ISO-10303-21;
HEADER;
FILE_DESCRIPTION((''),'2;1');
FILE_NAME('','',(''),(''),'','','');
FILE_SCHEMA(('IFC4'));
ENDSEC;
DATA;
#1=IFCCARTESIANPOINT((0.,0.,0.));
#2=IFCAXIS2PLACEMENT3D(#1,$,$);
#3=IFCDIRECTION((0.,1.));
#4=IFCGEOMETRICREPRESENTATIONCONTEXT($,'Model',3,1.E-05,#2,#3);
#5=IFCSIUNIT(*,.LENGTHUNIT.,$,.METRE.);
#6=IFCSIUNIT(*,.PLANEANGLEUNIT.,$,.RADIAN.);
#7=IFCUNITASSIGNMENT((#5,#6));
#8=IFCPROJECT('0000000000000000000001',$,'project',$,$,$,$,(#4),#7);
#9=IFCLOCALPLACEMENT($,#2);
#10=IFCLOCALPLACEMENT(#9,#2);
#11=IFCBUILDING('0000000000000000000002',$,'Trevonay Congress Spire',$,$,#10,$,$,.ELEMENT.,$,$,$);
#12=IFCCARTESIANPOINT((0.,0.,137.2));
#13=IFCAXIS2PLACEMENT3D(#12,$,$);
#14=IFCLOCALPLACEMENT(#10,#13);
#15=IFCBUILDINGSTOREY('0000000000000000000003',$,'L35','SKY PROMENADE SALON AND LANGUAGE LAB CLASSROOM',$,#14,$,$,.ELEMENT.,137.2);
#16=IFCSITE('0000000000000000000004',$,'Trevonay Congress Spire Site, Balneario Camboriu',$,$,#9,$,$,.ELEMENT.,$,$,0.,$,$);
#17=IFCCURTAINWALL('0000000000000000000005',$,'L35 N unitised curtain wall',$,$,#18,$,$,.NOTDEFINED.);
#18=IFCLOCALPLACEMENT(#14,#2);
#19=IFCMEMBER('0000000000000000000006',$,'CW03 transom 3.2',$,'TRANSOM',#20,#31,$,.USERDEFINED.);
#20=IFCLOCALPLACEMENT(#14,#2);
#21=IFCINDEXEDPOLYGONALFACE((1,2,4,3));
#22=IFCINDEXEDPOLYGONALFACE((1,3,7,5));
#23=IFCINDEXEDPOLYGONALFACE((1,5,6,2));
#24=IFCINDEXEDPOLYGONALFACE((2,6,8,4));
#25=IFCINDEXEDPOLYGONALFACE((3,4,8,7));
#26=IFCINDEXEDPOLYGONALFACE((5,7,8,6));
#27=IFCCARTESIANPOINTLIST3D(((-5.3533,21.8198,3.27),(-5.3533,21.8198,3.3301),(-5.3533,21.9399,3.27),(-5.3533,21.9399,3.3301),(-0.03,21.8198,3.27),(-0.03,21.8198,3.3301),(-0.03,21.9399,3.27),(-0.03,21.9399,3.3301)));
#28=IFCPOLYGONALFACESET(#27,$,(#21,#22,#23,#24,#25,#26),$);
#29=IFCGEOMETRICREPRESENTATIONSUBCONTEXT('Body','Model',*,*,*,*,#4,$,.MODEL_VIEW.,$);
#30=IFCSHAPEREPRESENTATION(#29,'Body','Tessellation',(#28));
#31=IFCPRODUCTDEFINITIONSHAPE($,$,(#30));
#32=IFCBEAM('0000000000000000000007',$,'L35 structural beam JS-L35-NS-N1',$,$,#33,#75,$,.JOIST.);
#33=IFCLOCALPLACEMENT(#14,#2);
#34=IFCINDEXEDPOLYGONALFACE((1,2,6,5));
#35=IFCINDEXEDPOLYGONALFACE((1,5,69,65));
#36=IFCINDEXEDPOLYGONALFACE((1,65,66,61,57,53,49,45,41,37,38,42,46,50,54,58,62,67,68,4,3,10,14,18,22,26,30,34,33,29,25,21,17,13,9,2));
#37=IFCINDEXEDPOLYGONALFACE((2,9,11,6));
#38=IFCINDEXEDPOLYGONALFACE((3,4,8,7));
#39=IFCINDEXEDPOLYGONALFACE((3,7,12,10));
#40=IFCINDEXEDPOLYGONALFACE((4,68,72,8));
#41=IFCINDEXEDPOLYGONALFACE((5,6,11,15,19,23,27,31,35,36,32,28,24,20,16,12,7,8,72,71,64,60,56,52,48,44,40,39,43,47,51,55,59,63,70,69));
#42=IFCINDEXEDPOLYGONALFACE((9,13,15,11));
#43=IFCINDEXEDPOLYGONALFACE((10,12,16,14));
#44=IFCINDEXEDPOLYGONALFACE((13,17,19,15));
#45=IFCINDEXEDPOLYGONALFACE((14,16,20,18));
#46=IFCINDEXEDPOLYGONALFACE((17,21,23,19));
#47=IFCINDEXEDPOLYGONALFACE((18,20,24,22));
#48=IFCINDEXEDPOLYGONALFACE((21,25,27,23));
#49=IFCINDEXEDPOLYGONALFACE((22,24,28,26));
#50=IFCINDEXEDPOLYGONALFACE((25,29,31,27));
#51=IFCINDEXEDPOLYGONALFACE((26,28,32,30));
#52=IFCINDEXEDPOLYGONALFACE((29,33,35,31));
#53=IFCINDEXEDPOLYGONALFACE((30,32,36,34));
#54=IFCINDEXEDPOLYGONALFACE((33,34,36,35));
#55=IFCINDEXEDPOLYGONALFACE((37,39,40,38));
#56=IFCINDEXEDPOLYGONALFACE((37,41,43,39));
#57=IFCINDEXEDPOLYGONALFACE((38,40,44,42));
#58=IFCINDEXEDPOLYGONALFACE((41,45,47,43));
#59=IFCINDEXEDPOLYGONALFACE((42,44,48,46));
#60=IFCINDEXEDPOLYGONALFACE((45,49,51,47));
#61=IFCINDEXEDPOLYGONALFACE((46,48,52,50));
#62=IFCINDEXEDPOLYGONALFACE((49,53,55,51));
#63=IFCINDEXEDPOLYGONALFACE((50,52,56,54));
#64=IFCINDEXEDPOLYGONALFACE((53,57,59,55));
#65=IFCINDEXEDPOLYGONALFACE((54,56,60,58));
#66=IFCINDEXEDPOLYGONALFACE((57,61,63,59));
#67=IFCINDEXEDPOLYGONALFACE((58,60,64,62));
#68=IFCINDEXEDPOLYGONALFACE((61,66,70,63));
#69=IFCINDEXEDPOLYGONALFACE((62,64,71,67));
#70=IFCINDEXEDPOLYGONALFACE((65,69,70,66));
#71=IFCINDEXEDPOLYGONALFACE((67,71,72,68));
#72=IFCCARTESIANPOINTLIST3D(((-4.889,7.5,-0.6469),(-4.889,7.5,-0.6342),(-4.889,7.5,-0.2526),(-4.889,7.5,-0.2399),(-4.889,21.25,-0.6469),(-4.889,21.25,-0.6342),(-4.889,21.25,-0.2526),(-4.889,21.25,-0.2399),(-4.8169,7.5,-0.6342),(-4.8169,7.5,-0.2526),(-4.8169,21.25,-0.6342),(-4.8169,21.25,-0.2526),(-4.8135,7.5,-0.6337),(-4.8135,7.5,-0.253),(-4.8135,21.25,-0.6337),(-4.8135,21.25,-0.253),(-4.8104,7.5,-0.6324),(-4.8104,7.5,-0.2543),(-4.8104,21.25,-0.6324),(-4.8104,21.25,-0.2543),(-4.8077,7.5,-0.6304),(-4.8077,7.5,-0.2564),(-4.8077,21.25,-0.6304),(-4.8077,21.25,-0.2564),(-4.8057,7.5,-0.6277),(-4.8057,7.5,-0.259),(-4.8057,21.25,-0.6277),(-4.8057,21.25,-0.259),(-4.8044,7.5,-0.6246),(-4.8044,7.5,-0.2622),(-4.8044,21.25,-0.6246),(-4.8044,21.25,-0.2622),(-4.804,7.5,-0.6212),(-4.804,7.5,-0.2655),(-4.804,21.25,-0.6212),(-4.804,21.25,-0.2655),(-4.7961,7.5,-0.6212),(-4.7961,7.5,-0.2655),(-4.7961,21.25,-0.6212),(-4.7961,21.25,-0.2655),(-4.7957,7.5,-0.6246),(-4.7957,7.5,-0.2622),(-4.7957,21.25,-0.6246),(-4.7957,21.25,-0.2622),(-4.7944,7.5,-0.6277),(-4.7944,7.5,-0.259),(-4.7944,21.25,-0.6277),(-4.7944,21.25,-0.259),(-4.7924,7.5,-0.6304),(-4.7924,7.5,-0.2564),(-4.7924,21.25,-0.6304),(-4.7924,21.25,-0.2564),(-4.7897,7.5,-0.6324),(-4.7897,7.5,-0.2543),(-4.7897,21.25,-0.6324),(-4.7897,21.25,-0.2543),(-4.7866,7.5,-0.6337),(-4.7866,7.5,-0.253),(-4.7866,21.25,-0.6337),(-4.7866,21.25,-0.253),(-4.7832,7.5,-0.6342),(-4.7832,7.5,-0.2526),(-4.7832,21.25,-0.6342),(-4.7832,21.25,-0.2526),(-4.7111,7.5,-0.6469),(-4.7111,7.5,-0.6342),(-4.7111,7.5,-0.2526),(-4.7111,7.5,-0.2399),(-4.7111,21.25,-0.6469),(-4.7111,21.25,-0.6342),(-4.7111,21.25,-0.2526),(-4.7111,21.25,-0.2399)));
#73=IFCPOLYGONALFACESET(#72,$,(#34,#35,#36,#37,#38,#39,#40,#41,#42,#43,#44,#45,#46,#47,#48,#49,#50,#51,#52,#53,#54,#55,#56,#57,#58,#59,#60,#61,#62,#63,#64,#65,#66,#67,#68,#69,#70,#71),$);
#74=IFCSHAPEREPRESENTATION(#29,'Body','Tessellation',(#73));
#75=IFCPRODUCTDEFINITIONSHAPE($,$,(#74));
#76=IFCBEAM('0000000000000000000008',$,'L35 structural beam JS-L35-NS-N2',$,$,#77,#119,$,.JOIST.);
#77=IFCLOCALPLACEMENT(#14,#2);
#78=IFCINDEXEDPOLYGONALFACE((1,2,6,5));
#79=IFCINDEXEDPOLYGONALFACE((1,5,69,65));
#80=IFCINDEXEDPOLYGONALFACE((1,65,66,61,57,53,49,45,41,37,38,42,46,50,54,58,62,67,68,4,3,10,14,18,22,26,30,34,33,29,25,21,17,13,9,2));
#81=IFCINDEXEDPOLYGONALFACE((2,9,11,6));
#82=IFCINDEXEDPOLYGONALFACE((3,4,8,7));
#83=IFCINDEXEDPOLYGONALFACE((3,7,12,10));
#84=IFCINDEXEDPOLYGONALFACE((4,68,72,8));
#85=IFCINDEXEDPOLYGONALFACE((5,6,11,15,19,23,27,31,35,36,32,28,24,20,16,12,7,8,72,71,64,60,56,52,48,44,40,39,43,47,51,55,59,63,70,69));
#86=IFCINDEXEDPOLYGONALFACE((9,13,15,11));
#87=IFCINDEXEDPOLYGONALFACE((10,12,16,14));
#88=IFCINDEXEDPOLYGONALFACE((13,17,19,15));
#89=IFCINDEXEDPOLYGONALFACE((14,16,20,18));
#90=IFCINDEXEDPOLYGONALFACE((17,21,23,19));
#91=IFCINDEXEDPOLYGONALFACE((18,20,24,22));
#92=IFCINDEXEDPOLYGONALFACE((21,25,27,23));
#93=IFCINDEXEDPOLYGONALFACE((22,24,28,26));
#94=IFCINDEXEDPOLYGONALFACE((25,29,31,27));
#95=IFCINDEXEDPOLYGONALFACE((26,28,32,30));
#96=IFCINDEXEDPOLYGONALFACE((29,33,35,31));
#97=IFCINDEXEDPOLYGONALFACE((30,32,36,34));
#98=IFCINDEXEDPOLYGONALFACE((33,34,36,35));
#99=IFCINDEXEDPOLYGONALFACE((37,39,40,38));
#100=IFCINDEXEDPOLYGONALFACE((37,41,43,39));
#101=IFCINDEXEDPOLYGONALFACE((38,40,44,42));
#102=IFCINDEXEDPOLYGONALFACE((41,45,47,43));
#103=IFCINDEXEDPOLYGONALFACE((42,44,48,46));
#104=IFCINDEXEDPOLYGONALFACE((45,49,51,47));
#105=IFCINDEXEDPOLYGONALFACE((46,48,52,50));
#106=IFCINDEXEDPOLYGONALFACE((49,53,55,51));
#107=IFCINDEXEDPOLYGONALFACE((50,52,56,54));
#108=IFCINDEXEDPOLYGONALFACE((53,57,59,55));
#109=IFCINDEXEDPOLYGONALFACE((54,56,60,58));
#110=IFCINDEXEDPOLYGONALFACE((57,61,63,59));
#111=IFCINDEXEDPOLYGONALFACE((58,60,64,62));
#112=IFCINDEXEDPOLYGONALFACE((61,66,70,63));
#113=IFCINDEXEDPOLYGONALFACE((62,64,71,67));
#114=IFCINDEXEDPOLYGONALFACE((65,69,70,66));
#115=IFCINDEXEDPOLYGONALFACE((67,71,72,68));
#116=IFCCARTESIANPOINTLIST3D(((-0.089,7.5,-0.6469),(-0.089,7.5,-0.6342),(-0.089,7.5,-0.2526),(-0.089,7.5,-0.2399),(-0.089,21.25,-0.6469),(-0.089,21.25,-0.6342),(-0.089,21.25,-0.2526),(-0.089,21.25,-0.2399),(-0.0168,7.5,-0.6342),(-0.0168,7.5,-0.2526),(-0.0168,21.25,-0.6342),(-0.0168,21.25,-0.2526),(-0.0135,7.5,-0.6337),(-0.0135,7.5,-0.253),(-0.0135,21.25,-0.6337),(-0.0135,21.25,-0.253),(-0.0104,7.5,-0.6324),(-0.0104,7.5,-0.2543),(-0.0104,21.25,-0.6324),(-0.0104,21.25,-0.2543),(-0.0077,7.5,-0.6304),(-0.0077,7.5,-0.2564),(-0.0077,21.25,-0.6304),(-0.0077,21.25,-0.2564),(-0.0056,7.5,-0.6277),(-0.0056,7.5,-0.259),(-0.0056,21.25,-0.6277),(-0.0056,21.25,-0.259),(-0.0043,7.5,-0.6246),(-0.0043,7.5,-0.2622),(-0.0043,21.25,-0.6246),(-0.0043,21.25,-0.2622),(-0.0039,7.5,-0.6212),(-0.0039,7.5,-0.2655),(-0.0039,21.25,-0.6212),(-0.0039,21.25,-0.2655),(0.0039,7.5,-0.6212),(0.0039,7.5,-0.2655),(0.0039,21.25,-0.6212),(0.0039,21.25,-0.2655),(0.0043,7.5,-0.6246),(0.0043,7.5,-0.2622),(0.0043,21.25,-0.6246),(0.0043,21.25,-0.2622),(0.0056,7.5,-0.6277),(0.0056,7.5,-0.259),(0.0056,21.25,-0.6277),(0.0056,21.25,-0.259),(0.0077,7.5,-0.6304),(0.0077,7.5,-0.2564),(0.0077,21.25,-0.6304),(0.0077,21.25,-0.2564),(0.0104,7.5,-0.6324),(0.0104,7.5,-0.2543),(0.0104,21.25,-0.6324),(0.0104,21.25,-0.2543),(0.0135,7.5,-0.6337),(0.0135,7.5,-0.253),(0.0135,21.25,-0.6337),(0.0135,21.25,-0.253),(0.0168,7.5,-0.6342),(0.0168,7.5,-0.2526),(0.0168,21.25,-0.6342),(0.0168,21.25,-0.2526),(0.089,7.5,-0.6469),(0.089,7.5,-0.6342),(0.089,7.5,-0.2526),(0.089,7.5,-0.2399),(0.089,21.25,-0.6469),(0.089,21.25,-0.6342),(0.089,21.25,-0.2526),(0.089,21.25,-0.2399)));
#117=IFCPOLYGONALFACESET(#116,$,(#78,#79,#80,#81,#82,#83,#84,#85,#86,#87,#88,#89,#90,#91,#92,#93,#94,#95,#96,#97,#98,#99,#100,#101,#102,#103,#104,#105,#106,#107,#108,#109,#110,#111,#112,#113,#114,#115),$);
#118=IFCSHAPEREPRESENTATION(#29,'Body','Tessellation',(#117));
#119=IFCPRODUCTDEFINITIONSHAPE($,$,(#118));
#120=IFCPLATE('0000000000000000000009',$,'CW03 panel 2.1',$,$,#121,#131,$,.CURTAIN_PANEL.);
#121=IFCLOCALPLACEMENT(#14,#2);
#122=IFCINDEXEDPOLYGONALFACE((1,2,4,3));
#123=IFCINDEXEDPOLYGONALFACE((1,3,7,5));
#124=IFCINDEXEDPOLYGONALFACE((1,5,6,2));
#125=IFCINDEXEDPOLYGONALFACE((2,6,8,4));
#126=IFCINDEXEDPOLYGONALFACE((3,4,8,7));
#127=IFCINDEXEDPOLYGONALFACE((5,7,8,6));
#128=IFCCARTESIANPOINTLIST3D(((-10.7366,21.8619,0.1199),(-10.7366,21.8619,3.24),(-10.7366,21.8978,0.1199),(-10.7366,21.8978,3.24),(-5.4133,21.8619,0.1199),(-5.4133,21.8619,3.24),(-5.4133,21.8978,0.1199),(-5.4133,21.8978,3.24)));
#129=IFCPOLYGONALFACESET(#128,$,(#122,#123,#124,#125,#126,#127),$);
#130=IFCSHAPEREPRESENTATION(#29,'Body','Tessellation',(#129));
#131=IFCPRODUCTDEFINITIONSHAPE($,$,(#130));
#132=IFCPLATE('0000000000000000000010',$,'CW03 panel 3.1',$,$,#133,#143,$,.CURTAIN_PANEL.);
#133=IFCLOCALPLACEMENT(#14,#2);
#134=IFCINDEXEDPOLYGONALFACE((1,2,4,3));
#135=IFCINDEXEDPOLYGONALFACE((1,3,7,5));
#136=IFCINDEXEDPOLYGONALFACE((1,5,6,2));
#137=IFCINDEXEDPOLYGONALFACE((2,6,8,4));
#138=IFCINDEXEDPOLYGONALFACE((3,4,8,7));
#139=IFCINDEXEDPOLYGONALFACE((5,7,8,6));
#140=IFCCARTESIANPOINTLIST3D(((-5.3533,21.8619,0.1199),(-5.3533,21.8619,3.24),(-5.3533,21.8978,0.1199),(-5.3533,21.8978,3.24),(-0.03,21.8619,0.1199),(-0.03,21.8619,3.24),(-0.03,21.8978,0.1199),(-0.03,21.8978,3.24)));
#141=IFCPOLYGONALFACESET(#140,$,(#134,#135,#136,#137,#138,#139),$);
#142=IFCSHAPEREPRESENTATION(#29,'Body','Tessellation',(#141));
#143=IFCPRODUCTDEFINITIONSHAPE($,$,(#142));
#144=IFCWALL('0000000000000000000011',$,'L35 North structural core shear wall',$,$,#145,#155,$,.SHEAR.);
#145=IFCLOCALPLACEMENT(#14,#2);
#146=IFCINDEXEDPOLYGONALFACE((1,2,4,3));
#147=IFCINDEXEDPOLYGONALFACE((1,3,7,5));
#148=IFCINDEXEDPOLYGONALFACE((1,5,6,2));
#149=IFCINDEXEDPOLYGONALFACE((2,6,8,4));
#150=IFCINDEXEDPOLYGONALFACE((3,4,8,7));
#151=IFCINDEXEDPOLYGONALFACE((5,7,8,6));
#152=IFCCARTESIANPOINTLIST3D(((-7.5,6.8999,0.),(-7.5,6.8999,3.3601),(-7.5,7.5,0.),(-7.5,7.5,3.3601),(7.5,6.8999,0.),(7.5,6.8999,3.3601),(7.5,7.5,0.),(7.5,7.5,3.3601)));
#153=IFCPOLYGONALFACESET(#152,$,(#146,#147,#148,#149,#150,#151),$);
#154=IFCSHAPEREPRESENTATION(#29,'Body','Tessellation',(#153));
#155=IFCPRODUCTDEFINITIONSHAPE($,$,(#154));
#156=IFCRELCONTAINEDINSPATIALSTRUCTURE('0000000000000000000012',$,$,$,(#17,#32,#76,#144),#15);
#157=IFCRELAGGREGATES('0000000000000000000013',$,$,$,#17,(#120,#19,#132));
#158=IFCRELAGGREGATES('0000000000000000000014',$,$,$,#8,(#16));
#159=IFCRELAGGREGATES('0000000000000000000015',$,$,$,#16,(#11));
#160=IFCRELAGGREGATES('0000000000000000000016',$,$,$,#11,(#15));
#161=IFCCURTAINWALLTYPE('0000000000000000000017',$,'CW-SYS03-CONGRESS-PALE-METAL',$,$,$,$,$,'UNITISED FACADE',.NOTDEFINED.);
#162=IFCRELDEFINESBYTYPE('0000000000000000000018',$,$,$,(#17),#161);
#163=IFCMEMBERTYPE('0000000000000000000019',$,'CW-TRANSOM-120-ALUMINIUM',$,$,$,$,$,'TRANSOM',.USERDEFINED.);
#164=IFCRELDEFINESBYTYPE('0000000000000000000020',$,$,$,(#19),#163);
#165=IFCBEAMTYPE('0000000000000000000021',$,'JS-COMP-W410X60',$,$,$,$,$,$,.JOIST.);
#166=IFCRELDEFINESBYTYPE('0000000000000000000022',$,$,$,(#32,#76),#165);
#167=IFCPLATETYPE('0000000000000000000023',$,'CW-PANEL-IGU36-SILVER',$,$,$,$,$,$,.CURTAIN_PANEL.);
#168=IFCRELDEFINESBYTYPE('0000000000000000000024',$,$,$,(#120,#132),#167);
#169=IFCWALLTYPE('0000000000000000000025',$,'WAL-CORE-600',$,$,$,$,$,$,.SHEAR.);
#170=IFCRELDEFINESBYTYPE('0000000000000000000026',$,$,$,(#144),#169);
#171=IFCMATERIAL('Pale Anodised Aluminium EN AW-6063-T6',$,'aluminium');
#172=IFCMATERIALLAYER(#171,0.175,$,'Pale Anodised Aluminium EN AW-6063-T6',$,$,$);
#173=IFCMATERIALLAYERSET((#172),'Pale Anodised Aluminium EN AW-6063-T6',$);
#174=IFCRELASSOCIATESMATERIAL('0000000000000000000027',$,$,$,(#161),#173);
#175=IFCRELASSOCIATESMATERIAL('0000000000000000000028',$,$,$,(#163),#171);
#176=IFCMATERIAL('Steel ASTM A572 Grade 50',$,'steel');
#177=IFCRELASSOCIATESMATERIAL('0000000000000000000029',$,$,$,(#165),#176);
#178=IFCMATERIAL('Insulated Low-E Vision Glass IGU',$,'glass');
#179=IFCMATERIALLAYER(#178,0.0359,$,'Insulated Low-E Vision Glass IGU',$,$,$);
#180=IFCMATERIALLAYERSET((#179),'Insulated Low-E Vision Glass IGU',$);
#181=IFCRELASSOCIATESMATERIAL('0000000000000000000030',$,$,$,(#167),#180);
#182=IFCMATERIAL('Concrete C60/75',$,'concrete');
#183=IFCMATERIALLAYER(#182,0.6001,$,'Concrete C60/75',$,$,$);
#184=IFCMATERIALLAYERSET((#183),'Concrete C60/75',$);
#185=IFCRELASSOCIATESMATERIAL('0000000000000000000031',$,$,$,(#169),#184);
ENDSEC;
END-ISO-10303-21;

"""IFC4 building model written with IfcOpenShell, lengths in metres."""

from ifc_helpers import new_model, si_unit, direction, frame, frame_2d, origin, origin_2d, place, context, subcontext, project, spatial, rectangle, i_section, extrude, material, layer, layer_set, material_profile, profile_set, type_object, element, aggregate, save


model = new_model("IFC4")

# Units and contexts
model_context = context("Model", 3, precision=1e-05, world=origin(), true_north=direction((0.0, 1.0)))
body_context = subcontext(model_context, "Body", "Model", "MODEL_VIEW")
ifc_project = project(units=[si_unit("LENGTHUNIT", "METRE"), si_unit("PLANEANGLEUNIT", "RADIAN")], contexts=[model_context])

# Site, building, storey
site_placement = place(None, origin())
site = spatial("IfcSite", under=ifc_project, at=site_placement, Name="Trevonay Congress Spire Site, Balneario Camboriu", CompositionType="ELEMENT", RefElevation=0.0)
building_placement = place(site_placement, origin())
building = spatial("IfcBuilding", under=site, at=building_placement, Name="Trevonay Congress Spire", CompositionType="ELEMENT")
storey_placement = place(building_placement, frame((0.0, 0.0, 137.2)))
storey = spatial("IfcBuildingStorey", under=building, at=storey_placement, Name="L35", Description="SKY PROMENADE SALON AND LANGUAGE LAB CLASSROOM", CompositionType="ELEMENT", Elevation=137.2)

# Shared definitions
ifc_material_1 = material(Name="Steel ASTM A572 Grade 50", Category="steel")

# Curtain wall, member
ifc_material_2 = material(Name="Pale Anodised Aluminium EN AW-6063-T6", Category="aluminium")
ifc_layer_1 = layer(ifc_material_2, 0.175, Name="Pale Anodised Aluminium EN AW-6063-T6")
ifc_layer_set_1 = layer_set([ifc_layer_1], Name="Pale Anodised Aluminium EN AW-6063-T6")
curtain_wall_type = type_object("IfcCurtainWallType", Name="CW-SYS03-CONGRESS-PALE-METAL", ElementType="UNITISED FACADE", PredefinedType="NOTDEFINED", material=ifc_layer_set_1)
curtain_wall_placement = place(storey_placement, origin())
curtain_wall = element("IfcCurtainWall", 1, at=curtain_wall_placement, inside=storey, type_object=curtain_wall_type, Name="L35 N unitised curtain wall", PredefinedType="NOTDEFINED")
ifc_material_profile_1 = material_profile(ifc_material_2, rectangle(XDim=0.1201, YDim=0.0601, at=origin_2d()), Name="CW-TRANSOM-120-ALUMINIUM")
ifc_profile_set_1 = profile_set([ifc_material_profile_1], Name="Pale Anodised Aluminium EN AW-6063-T6")
member_type_1 = type_object("IfcMemberType", Name="CW-TRANSOM-120-ALUMINIUM", ElementType="TRANSOM", PredefinedType="USERDEFINED", material=ifc_profile_set_1)
member_1_placement = place(storey_placement, frame((-5.3533, 21.8799, 3.3), z_axis=(1.0, 0.0, 0.0), x_axis=(0.0, 1.0, 0.0)))
member_1 = element("IfcMember", 2, at=member_1_placement, type_object=member_type_1, Name="CW03 transom 3.2", ObjectType="TRANSOM", PredefinedType="USERDEFINED", context=body_context, shape_type="SweptSolid", body=[
    extrude(rectangle(XDim=0.1201, YDim=0.0601, at=origin_2d()), origin(), (0.0, 0.0, 1.0), 5.3232),
])

# Beams
ifc_material_profile_2 = material_profile(ifc_material_1, i_section(OverallWidth=0.178, OverallDepth=0.407, WebThickness=0.0078, FlangeThickness=0.0127, FilletRadius=0.0129, at=origin_2d()), Name="W410x60")
ifc_profile_set_2 = profile_set([ifc_material_profile_2], Name="Steel ASTM A572 Grade 50")
beam_type_1 = type_object("IfcBeamType", Name="JS-COMP-W410X60", PredefinedType="JOIST", material=ifc_profile_set_2)
for number, where, z_axis, x_axis, name in (
    (3, (-4.8, 7.5, -0.4434), (0.0, 1.0, 0.0), (-1.0, 0.0, 0.0), "L35 structural beam JS-L35-NS-N1"),
    (4, (0.0, 7.5, -0.4434), (0.0, 1.0, 0.0), (-1.0, 0.0, 0.0), "L35 structural beam JS-L35-NS-N2"),
):
    element("IfcBeam", number, at=place(storey_placement, frame(where, z_axis=z_axis, x_axis=x_axis)), inside=storey, type_object=beam_type_1, Name=name, PredefinedType="JOIST", context=body_context, shape_type="SweptSolid", body=[
        extrude(i_section(OverallWidth=0.178, OverallDepth=0.407, WebThickness=0.0078, FlangeThickness=0.0127, FilletRadius=0.0129, at=origin_2d()), origin(), (0.0, 0.0, 1.0), 13.75),
    ])

# Plates
ifc_material_3 = material(Name="Insulated Low-E Vision Glass IGU", Category="glass")
ifc_layer_2 = layer(ifc_material_3, 0.0359, Name="Insulated Low-E Vision Glass IGU")
ifc_layer_set_2 = layer_set([ifc_layer_2], Name="Insulated Low-E Vision Glass IGU")
plate_type = type_object("IfcPlateType", Name="CW-PANEL-IGU36-SILVER", PredefinedType="CURTAIN_PANEL", material=ifc_layer_set_2)
plate_1_placement = place(storey_placement, frame((-8.075, 21.8799, 0.1199), z_axis=(0.0, 0.0, 1.0), x_axis=(1.0, 0.0, 0.0)))
plate_1 = element("IfcPlate", 5, at=plate_1_placement, type_object=plate_type, Name="CW03 panel 2.1", PredefinedType="CURTAIN_PANEL", context=body_context, shape_type="SweptSolid", body=[
    extrude(rectangle(XDim=5.3232, YDim=0.0359, at=origin_2d()), origin(), (0.0, 0.0, 1.0), 3.1201),
])
plate_2_placement = place(storey_placement, frame((-2.6917, 21.8799, 0.1199), z_axis=(0.0, 0.0, 1.0), x_axis=(1.0, 0.0, 0.0)))
plate_2 = element("IfcPlate", 6, at=plate_2_placement, type_object=plate_type, Name="CW03 panel 3.1", PredefinedType="CURTAIN_PANEL", context=body_context, shape_type="SweptSolid", body=[
    extrude(rectangle(XDim=5.3232, YDim=0.0359, at=origin_2d()), origin(), (0.0, 0.0, 1.0), 3.1201),
])
aggregate(curtain_wall, [plate_1, member_1, plate_2])

# Wall
ifc_material_4 = material(Name="Concrete C60/75", Category="concrete")
ifc_layer_3 = layer(ifc_material_4, 0.6001, Name="Concrete C60/75")
ifc_layer_set_3 = layer_set([ifc_layer_3], Name="Concrete C60/75")
wall_type_1 = type_object("IfcWallType", Name="WAL-CORE-600", PredefinedType="SHEAR", material=ifc_layer_set_3)
wall_1_placement = place(storey_placement, frame((-7.5, 7.2, 0.0), z_axis=(0.0, 0.0, 1.0), x_axis=(1.0, 0.0, 0.0)))
element("IfcWall", 7, at=wall_1_placement, inside=storey, type_object=wall_type_1, Name="L35 North structural core shear wall", PredefinedType="SHEAR", context=body_context, shape_type="SweptSolid", body=[
    extrude(rectangle(XDim=15.0, YDim=0.6001, at=frame_2d((7.5, 0.0))), origin(), (0.0, 0.0, 1.0), 3.3601),
])

save(model, "model.ifc")
